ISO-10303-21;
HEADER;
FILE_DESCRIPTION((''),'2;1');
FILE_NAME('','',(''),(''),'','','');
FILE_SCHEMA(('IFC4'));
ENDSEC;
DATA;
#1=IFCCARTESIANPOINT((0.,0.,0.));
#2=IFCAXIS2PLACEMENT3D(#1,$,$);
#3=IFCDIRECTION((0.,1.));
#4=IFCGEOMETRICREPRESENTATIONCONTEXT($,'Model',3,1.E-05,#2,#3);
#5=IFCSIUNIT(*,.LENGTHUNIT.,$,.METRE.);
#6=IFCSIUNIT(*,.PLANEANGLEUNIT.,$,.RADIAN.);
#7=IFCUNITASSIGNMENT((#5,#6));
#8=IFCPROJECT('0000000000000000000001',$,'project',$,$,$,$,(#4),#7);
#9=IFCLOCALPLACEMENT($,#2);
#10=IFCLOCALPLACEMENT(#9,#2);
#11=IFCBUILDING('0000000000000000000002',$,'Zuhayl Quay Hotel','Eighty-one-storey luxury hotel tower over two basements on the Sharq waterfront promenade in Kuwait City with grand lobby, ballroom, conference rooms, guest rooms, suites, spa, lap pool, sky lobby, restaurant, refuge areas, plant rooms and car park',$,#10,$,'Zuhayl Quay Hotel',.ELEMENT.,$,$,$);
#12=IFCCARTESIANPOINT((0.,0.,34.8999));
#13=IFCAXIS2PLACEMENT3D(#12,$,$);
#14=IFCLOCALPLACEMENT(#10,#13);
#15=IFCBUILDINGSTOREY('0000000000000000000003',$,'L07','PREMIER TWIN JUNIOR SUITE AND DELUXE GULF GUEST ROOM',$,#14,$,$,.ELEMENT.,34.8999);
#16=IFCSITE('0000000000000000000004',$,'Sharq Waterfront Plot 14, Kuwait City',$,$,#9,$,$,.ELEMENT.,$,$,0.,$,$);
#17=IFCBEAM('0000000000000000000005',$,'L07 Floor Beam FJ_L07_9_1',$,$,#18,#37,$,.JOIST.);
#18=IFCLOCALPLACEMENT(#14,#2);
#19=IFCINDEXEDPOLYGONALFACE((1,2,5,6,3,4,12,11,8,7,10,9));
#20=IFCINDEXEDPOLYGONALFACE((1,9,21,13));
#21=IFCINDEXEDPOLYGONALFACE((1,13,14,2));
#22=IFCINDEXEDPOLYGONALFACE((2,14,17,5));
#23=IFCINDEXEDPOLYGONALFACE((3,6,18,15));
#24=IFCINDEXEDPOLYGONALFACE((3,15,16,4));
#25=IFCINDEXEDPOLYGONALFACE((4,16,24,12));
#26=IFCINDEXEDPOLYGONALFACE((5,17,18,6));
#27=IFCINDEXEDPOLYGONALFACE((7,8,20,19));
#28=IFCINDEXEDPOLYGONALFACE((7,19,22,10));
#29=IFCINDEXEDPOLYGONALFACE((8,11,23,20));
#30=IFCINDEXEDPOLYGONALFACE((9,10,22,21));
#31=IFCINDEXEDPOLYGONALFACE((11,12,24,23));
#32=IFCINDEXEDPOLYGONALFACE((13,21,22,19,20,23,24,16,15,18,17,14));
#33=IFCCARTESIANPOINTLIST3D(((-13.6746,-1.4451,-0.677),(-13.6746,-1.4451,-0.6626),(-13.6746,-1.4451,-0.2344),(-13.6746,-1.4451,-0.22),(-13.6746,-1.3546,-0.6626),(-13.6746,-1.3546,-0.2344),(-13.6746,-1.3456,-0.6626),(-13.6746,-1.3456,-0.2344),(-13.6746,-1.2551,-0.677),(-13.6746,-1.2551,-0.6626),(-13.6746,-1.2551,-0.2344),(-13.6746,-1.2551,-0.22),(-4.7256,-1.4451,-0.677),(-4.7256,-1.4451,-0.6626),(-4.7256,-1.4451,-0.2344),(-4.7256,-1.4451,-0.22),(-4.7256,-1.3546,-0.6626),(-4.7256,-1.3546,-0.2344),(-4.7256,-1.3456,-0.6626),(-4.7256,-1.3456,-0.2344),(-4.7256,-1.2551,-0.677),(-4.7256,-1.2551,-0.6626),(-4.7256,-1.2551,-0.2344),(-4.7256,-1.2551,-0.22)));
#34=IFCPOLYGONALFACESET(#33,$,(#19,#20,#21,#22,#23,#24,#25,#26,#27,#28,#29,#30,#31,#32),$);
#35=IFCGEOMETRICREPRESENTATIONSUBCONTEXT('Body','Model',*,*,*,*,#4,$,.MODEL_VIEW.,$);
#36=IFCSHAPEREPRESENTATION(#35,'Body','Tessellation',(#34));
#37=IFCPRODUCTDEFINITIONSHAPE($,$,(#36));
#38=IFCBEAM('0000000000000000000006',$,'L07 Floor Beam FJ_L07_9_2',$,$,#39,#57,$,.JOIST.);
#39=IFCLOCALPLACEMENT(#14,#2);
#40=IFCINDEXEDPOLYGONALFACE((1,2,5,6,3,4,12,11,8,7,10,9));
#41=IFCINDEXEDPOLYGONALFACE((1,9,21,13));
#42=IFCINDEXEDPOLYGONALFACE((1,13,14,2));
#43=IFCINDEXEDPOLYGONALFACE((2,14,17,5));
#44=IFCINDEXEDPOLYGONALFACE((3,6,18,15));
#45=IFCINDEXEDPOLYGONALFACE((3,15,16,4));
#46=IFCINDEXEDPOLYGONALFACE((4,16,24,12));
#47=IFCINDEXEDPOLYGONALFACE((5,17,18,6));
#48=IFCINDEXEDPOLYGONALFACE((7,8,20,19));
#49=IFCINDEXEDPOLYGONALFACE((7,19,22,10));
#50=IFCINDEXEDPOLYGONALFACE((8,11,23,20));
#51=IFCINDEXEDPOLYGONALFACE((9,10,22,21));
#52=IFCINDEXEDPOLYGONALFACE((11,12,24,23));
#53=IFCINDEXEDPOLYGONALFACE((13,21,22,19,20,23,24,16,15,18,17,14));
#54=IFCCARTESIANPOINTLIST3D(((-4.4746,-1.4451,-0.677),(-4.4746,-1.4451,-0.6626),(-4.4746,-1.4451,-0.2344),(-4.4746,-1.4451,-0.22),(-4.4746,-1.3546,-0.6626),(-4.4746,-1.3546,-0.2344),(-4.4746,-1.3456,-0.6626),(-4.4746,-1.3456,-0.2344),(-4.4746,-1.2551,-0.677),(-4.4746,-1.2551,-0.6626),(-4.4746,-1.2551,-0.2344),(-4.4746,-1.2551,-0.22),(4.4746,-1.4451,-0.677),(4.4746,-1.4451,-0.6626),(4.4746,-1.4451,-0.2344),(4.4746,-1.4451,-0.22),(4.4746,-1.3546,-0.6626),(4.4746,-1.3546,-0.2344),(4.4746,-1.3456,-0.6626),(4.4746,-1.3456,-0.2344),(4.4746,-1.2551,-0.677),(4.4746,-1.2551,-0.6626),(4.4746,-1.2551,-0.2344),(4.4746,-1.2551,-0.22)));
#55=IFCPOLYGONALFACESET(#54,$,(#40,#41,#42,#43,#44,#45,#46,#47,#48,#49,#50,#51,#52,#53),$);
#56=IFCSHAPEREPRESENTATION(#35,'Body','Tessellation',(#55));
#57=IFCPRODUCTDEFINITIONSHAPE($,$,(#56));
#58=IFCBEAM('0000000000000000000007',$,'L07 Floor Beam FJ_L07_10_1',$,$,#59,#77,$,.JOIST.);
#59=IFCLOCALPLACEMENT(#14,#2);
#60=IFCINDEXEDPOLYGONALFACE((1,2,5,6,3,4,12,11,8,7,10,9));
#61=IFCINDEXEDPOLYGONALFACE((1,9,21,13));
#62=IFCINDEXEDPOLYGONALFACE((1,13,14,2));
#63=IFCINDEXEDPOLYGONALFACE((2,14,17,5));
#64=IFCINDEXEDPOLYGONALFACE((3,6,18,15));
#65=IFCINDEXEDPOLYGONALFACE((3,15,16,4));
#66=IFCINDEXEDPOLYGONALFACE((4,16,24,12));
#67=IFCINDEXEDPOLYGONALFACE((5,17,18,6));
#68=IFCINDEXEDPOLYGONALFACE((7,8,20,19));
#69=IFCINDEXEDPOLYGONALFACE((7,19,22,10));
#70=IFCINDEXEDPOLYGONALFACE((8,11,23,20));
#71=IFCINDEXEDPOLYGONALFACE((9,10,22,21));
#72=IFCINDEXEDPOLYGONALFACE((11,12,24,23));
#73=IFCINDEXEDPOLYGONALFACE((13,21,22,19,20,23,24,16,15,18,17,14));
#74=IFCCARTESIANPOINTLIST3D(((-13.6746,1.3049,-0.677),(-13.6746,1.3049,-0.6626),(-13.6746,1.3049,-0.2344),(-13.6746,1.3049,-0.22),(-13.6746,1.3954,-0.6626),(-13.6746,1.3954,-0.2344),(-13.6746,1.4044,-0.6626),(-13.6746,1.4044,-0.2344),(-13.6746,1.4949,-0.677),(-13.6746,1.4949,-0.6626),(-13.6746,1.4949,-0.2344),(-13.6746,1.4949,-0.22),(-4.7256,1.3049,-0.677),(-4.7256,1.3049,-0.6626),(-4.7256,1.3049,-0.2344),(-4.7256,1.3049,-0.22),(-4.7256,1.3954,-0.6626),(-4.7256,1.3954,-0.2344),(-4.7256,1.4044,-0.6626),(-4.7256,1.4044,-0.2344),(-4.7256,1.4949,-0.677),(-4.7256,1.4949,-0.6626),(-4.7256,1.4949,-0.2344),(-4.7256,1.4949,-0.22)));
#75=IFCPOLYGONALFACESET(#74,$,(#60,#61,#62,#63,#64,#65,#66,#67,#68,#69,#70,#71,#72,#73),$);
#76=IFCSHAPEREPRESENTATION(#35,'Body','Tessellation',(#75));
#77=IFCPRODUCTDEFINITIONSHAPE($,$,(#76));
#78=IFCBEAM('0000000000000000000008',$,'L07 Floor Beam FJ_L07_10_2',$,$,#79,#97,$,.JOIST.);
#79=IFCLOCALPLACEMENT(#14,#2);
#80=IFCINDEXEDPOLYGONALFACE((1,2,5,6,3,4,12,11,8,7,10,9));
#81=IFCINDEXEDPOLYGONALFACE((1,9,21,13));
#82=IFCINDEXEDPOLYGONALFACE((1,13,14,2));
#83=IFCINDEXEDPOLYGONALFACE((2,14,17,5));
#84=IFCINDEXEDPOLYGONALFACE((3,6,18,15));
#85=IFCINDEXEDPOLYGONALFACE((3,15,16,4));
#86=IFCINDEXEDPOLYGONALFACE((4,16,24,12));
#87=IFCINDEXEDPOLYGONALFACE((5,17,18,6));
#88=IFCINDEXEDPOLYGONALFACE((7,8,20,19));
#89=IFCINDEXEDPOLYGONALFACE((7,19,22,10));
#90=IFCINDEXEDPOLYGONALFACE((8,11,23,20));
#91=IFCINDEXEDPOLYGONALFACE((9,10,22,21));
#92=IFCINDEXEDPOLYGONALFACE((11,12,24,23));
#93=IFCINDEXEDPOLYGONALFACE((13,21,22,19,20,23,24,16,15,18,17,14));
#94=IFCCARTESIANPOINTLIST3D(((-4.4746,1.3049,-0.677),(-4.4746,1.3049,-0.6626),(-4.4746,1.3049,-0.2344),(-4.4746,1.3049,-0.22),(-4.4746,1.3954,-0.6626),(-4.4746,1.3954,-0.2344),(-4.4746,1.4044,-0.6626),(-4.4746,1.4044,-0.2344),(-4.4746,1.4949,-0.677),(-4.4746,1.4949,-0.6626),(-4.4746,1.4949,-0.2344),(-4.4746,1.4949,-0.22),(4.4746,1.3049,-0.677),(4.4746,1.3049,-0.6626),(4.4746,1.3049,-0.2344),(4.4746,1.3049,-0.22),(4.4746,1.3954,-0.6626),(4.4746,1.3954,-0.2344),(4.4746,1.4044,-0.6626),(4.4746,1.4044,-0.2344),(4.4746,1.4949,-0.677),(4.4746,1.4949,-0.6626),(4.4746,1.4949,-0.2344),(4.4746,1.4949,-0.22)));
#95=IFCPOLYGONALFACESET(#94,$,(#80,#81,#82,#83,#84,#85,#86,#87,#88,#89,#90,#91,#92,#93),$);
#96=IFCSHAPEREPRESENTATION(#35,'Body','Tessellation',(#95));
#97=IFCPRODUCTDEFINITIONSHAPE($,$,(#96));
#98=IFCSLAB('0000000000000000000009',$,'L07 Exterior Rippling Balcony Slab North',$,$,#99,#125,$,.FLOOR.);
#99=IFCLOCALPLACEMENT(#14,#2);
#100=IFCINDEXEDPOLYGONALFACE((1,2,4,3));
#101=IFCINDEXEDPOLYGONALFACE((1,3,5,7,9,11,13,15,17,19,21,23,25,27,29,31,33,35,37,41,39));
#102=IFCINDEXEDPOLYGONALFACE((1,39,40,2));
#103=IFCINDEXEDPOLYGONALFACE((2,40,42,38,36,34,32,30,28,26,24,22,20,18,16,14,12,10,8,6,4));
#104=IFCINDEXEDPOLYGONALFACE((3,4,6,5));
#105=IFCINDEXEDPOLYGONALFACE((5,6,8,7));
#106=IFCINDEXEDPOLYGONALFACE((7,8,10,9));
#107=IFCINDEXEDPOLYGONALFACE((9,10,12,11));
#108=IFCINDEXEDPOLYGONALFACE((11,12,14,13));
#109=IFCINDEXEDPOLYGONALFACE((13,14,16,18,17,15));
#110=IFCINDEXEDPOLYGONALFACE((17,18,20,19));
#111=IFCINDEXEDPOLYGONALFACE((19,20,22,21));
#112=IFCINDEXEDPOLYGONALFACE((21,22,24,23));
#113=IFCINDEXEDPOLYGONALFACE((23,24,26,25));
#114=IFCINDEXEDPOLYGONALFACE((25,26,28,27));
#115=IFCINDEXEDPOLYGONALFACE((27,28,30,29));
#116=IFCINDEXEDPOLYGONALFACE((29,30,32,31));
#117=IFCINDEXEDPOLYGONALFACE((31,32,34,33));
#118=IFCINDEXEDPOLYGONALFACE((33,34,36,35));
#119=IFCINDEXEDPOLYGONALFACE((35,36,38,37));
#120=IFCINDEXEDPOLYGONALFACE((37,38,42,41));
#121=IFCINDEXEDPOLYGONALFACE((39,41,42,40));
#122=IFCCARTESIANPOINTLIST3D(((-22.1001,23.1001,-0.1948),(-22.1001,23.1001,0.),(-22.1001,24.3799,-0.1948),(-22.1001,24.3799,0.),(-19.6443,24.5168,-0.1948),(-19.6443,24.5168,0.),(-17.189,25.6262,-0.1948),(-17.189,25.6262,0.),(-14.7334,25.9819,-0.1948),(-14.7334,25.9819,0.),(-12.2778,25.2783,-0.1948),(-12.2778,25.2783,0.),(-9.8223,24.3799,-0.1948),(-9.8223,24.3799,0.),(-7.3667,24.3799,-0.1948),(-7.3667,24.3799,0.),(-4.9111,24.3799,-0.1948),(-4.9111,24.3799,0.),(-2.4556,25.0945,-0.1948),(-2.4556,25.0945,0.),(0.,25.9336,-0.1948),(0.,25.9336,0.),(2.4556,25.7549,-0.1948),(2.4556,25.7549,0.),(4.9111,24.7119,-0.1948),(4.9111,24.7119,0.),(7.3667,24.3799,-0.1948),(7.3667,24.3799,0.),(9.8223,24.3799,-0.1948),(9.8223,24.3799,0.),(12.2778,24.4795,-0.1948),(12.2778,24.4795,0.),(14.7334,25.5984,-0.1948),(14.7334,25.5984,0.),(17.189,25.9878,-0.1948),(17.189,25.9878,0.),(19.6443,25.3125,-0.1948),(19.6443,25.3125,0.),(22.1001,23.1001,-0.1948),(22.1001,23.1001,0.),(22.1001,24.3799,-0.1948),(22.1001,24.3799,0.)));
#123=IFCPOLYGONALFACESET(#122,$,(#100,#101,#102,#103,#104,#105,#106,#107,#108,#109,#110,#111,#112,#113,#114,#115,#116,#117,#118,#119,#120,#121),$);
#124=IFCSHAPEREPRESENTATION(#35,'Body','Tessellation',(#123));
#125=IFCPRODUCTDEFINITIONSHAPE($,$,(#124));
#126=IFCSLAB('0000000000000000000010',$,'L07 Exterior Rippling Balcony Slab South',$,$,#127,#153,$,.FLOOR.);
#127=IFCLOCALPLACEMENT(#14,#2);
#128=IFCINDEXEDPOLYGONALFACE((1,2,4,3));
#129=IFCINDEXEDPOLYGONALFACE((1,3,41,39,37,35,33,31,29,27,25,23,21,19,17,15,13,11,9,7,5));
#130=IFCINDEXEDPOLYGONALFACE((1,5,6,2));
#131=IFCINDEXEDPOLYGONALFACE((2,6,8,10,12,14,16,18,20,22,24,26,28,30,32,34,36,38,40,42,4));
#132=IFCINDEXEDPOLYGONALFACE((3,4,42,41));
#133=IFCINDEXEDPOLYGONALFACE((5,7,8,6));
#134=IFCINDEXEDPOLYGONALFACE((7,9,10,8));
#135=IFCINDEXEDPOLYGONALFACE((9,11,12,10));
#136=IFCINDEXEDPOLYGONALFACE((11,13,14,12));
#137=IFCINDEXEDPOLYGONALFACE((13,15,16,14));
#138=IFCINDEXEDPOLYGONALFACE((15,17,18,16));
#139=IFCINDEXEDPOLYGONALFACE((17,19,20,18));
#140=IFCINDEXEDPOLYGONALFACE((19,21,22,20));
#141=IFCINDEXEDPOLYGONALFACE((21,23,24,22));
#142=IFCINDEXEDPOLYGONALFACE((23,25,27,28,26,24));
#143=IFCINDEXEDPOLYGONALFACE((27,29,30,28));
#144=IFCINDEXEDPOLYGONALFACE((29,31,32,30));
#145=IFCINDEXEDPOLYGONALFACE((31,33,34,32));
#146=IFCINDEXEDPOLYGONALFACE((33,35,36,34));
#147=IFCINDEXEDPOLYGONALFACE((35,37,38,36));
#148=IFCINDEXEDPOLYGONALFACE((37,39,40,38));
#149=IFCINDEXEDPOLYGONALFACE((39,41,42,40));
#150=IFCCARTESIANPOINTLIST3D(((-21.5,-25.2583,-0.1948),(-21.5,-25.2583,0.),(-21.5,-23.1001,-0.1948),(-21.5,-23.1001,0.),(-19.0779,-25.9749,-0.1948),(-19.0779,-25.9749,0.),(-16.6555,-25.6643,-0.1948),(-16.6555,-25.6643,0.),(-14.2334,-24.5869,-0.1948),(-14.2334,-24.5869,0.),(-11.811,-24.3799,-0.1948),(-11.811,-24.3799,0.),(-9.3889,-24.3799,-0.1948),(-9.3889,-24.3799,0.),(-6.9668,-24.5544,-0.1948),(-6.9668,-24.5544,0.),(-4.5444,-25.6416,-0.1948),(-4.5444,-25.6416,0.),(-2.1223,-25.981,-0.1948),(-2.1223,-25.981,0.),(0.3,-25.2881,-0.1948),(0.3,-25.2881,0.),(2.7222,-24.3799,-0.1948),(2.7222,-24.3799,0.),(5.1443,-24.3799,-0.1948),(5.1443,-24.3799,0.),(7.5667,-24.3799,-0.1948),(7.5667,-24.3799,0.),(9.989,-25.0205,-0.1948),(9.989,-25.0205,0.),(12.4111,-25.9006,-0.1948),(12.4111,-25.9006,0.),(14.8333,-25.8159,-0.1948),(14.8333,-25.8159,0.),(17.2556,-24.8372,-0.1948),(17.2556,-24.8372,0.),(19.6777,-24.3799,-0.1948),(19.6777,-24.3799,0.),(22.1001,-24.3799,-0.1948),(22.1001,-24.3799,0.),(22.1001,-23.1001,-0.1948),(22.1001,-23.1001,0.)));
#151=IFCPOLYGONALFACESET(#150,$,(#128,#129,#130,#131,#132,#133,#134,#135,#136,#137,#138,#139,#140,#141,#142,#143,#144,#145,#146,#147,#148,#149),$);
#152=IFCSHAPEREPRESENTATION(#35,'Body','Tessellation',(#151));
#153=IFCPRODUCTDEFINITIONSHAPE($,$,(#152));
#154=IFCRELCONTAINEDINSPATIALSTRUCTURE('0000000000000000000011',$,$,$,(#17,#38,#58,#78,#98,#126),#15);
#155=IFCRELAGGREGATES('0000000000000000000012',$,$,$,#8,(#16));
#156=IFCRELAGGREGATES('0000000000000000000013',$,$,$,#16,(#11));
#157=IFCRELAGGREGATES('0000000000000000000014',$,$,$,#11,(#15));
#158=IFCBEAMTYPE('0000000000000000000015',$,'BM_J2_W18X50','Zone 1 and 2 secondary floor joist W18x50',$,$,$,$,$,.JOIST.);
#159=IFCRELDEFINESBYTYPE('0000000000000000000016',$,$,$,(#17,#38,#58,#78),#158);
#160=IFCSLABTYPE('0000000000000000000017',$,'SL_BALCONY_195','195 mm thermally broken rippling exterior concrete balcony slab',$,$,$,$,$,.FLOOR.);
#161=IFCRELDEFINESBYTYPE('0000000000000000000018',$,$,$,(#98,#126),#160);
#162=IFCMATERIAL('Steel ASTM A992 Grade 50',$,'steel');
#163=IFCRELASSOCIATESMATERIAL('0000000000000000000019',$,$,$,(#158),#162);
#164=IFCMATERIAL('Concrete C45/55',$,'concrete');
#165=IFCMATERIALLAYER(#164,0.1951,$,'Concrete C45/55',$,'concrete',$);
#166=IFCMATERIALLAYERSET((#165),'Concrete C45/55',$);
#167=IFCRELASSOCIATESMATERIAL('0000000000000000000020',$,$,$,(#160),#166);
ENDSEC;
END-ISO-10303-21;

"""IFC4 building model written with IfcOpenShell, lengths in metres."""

from ifc_helpers import new_model, si_unit, direction, frame, origin, origin_2d, place, context, subcontext, project, spatial, polyline, i_section, outline, extrude, material, layer, layer_set, material_profile, profile_set, type_object, element, save


model = new_model("IFC4")

# Units and contexts
model_context = context("Model", 3, precision=1e-05, world=origin(), true_north=direction((0.0, 1.0)))
body_context = subcontext(model_context, "Body", "Model", "MODEL_VIEW")
ifc_project = project(units=[si_unit("LENGTHUNIT", "METRE"), si_unit("PLANEANGLEUNIT", "RADIAN")], contexts=[model_context])

# Site, building, storey
site_placement = place(None, origin())
site = spatial("IfcSite", under=ifc_project, at=site_placement, Name="Sharq Waterfront Plot 14, Kuwait City", CompositionType="ELEMENT", RefElevation=0.0)
building_placement = place(site_placement, origin())
building = spatial("IfcBuilding", under=site, at=building_placement, Name="Zuhayl Quay Hotel", Description="Eighty-one-storey luxury hotel tower over two basements on the Sharq waterfront promenade in Kuwait City with grand lobby, ballroom, conference rooms, guest rooms, suites, spa, lap pool, sky lobby, restaurant, refuge areas, plant rooms and car park", LongName="Zuhayl Quay Hotel", CompositionType="ELEMENT")
storey_placement = place(building_placement, frame((0.0, 0.0, 34.8999)))
storey = spatial("IfcBuildingStorey", under=building, at=storey_placement, Name="L07", Description="PREMIER TWIN JUNIOR SUITE AND DELUXE GULF GUEST ROOM", CompositionType="ELEMENT", Elevation=34.8999)

# Beams
ifc_material_1 = material(Name="Steel ASTM A992 Grade 50", Category="steel")
ifc_material_profile = material_profile(ifc_material_1, i_section(OverallWidth=0.1899, OverallDepth=0.457, WebThickness=0.009, FlangeThickness=0.0144, at=origin_2d()), Name="W18X50")
ifc_profile_set = profile_set([ifc_material_profile], Name="Steel ASTM A992 Grade 50")
beam_type = type_object("IfcBeamType", Name="BM_J2_W18X50", Description="Zone 1 and 2 secondary floor joist W18x50", PredefinedType="JOIST", material=ifc_profile_set)
beam_1_placement = place(storey_placement, frame((-13.6746, -1.3501, -0.4485), z_axis=(1.0, 0.0, 0.0), x_axis=(0.0, 1.0, 0.0)))
element("IfcBeam", 1, at=beam_1_placement, inside=storey, type_object=beam_type, Name="L07 Floor Beam FJ_L07_9_1", PredefinedType="JOIST", context=body_context, shape_type="SweptSolid", body=[
    extrude(i_section(OverallWidth=0.1899, OverallDepth=0.457, WebThickness=0.009, FlangeThickness=0.0144, at=origin_2d()), origin(), (0.0, 0.0, 1.0), 8.949),
])
beam_2_placement = place(storey_placement, frame((-4.4746, -1.3501, -0.4485), z_axis=(1.0, 0.0, 0.0), x_axis=(0.0, 1.0, 0.0)))
element("IfcBeam", 2, at=beam_2_placement, inside=storey, type_object=beam_type, Name="L07 Floor Beam FJ_L07_9_2", PredefinedType="JOIST", context=body_context, shape_type="SweptSolid", body=[
    extrude(i_section(OverallWidth=0.1899, OverallDepth=0.457, WebThickness=0.009, FlangeThickness=0.0144, at=origin_2d()), origin(), (0.0, 0.0, 1.0), 8.9492),
])
beam_3_placement = place(storey_placement, frame((-13.6746, 1.3999, -0.4485), z_axis=(1.0, 0.0, 0.0), x_axis=(0.0, 1.0, 0.0)))
element("IfcBeam", 3, at=beam_3_placement, inside=storey, type_object=beam_type, Name="L07 Floor Beam FJ_L07_10_1", PredefinedType="JOIST", context=body_context, shape_type="SweptSolid", body=[
    extrude(i_section(OverallWidth=0.1899, OverallDepth=0.457, WebThickness=0.009, FlangeThickness=0.0144, at=origin_2d()), origin(), (0.0, 0.0, 1.0), 8.949),
])
beam_4_placement = place(storey_placement, frame((-4.4746, 1.3999, -0.4485), z_axis=(1.0, 0.0, 0.0), x_axis=(0.0, 1.0, 0.0)))
element("IfcBeam", 4, at=beam_4_placement, inside=storey, type_object=beam_type, Name="L07 Floor Beam FJ_L07_10_2", PredefinedType="JOIST", context=body_context, shape_type="SweptSolid", body=[
    extrude(i_section(OverallWidth=0.1899, OverallDepth=0.457, WebThickness=0.009, FlangeThickness=0.0144, at=origin_2d()), origin(), (0.0, 0.0, 1.0), 8.9492),
])

# Slabs
ifc_material_2 = material(Name="Concrete C45/55", Category="concrete")
ifc_layer_1 = layer(ifc_material_2, 0.1951, Name="Concrete C45/55", Category="concrete")
ifc_layer_set_1 = layer_set([ifc_layer_1], Name="Concrete C45/55")
slab_type_1 = type_object("IfcSlabType", Name="SL_BALCONY_195", Description="195 mm thermally broken rippling exterior concrete balcony slab", PredefinedType="FLOOR", material=ifc_layer_set_1)
slab_1_placement = place(storey_placement, frame((0.0, 0.0, -0.1948)))
element("IfcSlab", 5, at=slab_1_placement, inside=storey, type_object=slab_type_1, Name="L07 Exterior Rippling Balcony Slab North", PredefinedType="FLOOR", context=body_context, shape_type="SweptSolid", body=[
    extrude(outline(polyline([(-22.1001, 23.1001), (22.1001, 23.1001), (22.1001, 24.3799), (19.6443, 25.3125), (17.189, 25.9878), (14.7334, 25.5984), (12.2778, 24.4795), (9.8223, 24.3799), (7.3667, 24.3799), (4.9111, 24.7119), (2.4556, 25.7549), (0.0, 25.9336), (-2.4556, 25.0945), (-4.9111, 24.3799), (-7.3667, 24.3799), (-9.8223, 24.3799), (-12.2778, 25.2783), (-14.7334, 25.9819), (-17.189, 25.6262), (-19.6443, 24.5168), (-22.1001, 24.3799), (-22.1001, 23.1001)])), origin(), (0.0, 0.0, 1.0), 0.1948),
])
slab_2_placement = place(storey_placement, frame((0.0, 0.0, -0.1948)))
element("IfcSlab", 6, at=slab_2_placement, inside=storey, type_object=slab_type_1, Name="L07 Exterior Rippling Balcony Slab South", PredefinedType="FLOOR", context=body_context, shape_type="SweptSolid", body=[
    extrude(outline(polyline([(-21.5, -25.2583), (-19.0779, -25.9749), (-16.6555, -25.6643), (-14.2334, -24.5869), (-11.811, -24.3799), (-9.3889, -24.3799), (-6.9668, -24.5544), (-4.5444, -25.6416), (-2.1223, -25.981), (0.3, -25.2881), (2.7222, -24.3799), (5.1443, -24.3799), (7.5667, -24.3799), (9.989, -25.0205), (12.4111, -25.9006), (14.8333, -25.8159), (17.2556, -24.8372), (19.6777, -24.3799), (22.1001, -24.3799), (22.1001, -23.1001), (-21.5, -23.1001), (-21.5, -25.2583)])), origin(), (0.0, 0.0, 1.0), 0.1948),
])

save(model, "model.ifc")
